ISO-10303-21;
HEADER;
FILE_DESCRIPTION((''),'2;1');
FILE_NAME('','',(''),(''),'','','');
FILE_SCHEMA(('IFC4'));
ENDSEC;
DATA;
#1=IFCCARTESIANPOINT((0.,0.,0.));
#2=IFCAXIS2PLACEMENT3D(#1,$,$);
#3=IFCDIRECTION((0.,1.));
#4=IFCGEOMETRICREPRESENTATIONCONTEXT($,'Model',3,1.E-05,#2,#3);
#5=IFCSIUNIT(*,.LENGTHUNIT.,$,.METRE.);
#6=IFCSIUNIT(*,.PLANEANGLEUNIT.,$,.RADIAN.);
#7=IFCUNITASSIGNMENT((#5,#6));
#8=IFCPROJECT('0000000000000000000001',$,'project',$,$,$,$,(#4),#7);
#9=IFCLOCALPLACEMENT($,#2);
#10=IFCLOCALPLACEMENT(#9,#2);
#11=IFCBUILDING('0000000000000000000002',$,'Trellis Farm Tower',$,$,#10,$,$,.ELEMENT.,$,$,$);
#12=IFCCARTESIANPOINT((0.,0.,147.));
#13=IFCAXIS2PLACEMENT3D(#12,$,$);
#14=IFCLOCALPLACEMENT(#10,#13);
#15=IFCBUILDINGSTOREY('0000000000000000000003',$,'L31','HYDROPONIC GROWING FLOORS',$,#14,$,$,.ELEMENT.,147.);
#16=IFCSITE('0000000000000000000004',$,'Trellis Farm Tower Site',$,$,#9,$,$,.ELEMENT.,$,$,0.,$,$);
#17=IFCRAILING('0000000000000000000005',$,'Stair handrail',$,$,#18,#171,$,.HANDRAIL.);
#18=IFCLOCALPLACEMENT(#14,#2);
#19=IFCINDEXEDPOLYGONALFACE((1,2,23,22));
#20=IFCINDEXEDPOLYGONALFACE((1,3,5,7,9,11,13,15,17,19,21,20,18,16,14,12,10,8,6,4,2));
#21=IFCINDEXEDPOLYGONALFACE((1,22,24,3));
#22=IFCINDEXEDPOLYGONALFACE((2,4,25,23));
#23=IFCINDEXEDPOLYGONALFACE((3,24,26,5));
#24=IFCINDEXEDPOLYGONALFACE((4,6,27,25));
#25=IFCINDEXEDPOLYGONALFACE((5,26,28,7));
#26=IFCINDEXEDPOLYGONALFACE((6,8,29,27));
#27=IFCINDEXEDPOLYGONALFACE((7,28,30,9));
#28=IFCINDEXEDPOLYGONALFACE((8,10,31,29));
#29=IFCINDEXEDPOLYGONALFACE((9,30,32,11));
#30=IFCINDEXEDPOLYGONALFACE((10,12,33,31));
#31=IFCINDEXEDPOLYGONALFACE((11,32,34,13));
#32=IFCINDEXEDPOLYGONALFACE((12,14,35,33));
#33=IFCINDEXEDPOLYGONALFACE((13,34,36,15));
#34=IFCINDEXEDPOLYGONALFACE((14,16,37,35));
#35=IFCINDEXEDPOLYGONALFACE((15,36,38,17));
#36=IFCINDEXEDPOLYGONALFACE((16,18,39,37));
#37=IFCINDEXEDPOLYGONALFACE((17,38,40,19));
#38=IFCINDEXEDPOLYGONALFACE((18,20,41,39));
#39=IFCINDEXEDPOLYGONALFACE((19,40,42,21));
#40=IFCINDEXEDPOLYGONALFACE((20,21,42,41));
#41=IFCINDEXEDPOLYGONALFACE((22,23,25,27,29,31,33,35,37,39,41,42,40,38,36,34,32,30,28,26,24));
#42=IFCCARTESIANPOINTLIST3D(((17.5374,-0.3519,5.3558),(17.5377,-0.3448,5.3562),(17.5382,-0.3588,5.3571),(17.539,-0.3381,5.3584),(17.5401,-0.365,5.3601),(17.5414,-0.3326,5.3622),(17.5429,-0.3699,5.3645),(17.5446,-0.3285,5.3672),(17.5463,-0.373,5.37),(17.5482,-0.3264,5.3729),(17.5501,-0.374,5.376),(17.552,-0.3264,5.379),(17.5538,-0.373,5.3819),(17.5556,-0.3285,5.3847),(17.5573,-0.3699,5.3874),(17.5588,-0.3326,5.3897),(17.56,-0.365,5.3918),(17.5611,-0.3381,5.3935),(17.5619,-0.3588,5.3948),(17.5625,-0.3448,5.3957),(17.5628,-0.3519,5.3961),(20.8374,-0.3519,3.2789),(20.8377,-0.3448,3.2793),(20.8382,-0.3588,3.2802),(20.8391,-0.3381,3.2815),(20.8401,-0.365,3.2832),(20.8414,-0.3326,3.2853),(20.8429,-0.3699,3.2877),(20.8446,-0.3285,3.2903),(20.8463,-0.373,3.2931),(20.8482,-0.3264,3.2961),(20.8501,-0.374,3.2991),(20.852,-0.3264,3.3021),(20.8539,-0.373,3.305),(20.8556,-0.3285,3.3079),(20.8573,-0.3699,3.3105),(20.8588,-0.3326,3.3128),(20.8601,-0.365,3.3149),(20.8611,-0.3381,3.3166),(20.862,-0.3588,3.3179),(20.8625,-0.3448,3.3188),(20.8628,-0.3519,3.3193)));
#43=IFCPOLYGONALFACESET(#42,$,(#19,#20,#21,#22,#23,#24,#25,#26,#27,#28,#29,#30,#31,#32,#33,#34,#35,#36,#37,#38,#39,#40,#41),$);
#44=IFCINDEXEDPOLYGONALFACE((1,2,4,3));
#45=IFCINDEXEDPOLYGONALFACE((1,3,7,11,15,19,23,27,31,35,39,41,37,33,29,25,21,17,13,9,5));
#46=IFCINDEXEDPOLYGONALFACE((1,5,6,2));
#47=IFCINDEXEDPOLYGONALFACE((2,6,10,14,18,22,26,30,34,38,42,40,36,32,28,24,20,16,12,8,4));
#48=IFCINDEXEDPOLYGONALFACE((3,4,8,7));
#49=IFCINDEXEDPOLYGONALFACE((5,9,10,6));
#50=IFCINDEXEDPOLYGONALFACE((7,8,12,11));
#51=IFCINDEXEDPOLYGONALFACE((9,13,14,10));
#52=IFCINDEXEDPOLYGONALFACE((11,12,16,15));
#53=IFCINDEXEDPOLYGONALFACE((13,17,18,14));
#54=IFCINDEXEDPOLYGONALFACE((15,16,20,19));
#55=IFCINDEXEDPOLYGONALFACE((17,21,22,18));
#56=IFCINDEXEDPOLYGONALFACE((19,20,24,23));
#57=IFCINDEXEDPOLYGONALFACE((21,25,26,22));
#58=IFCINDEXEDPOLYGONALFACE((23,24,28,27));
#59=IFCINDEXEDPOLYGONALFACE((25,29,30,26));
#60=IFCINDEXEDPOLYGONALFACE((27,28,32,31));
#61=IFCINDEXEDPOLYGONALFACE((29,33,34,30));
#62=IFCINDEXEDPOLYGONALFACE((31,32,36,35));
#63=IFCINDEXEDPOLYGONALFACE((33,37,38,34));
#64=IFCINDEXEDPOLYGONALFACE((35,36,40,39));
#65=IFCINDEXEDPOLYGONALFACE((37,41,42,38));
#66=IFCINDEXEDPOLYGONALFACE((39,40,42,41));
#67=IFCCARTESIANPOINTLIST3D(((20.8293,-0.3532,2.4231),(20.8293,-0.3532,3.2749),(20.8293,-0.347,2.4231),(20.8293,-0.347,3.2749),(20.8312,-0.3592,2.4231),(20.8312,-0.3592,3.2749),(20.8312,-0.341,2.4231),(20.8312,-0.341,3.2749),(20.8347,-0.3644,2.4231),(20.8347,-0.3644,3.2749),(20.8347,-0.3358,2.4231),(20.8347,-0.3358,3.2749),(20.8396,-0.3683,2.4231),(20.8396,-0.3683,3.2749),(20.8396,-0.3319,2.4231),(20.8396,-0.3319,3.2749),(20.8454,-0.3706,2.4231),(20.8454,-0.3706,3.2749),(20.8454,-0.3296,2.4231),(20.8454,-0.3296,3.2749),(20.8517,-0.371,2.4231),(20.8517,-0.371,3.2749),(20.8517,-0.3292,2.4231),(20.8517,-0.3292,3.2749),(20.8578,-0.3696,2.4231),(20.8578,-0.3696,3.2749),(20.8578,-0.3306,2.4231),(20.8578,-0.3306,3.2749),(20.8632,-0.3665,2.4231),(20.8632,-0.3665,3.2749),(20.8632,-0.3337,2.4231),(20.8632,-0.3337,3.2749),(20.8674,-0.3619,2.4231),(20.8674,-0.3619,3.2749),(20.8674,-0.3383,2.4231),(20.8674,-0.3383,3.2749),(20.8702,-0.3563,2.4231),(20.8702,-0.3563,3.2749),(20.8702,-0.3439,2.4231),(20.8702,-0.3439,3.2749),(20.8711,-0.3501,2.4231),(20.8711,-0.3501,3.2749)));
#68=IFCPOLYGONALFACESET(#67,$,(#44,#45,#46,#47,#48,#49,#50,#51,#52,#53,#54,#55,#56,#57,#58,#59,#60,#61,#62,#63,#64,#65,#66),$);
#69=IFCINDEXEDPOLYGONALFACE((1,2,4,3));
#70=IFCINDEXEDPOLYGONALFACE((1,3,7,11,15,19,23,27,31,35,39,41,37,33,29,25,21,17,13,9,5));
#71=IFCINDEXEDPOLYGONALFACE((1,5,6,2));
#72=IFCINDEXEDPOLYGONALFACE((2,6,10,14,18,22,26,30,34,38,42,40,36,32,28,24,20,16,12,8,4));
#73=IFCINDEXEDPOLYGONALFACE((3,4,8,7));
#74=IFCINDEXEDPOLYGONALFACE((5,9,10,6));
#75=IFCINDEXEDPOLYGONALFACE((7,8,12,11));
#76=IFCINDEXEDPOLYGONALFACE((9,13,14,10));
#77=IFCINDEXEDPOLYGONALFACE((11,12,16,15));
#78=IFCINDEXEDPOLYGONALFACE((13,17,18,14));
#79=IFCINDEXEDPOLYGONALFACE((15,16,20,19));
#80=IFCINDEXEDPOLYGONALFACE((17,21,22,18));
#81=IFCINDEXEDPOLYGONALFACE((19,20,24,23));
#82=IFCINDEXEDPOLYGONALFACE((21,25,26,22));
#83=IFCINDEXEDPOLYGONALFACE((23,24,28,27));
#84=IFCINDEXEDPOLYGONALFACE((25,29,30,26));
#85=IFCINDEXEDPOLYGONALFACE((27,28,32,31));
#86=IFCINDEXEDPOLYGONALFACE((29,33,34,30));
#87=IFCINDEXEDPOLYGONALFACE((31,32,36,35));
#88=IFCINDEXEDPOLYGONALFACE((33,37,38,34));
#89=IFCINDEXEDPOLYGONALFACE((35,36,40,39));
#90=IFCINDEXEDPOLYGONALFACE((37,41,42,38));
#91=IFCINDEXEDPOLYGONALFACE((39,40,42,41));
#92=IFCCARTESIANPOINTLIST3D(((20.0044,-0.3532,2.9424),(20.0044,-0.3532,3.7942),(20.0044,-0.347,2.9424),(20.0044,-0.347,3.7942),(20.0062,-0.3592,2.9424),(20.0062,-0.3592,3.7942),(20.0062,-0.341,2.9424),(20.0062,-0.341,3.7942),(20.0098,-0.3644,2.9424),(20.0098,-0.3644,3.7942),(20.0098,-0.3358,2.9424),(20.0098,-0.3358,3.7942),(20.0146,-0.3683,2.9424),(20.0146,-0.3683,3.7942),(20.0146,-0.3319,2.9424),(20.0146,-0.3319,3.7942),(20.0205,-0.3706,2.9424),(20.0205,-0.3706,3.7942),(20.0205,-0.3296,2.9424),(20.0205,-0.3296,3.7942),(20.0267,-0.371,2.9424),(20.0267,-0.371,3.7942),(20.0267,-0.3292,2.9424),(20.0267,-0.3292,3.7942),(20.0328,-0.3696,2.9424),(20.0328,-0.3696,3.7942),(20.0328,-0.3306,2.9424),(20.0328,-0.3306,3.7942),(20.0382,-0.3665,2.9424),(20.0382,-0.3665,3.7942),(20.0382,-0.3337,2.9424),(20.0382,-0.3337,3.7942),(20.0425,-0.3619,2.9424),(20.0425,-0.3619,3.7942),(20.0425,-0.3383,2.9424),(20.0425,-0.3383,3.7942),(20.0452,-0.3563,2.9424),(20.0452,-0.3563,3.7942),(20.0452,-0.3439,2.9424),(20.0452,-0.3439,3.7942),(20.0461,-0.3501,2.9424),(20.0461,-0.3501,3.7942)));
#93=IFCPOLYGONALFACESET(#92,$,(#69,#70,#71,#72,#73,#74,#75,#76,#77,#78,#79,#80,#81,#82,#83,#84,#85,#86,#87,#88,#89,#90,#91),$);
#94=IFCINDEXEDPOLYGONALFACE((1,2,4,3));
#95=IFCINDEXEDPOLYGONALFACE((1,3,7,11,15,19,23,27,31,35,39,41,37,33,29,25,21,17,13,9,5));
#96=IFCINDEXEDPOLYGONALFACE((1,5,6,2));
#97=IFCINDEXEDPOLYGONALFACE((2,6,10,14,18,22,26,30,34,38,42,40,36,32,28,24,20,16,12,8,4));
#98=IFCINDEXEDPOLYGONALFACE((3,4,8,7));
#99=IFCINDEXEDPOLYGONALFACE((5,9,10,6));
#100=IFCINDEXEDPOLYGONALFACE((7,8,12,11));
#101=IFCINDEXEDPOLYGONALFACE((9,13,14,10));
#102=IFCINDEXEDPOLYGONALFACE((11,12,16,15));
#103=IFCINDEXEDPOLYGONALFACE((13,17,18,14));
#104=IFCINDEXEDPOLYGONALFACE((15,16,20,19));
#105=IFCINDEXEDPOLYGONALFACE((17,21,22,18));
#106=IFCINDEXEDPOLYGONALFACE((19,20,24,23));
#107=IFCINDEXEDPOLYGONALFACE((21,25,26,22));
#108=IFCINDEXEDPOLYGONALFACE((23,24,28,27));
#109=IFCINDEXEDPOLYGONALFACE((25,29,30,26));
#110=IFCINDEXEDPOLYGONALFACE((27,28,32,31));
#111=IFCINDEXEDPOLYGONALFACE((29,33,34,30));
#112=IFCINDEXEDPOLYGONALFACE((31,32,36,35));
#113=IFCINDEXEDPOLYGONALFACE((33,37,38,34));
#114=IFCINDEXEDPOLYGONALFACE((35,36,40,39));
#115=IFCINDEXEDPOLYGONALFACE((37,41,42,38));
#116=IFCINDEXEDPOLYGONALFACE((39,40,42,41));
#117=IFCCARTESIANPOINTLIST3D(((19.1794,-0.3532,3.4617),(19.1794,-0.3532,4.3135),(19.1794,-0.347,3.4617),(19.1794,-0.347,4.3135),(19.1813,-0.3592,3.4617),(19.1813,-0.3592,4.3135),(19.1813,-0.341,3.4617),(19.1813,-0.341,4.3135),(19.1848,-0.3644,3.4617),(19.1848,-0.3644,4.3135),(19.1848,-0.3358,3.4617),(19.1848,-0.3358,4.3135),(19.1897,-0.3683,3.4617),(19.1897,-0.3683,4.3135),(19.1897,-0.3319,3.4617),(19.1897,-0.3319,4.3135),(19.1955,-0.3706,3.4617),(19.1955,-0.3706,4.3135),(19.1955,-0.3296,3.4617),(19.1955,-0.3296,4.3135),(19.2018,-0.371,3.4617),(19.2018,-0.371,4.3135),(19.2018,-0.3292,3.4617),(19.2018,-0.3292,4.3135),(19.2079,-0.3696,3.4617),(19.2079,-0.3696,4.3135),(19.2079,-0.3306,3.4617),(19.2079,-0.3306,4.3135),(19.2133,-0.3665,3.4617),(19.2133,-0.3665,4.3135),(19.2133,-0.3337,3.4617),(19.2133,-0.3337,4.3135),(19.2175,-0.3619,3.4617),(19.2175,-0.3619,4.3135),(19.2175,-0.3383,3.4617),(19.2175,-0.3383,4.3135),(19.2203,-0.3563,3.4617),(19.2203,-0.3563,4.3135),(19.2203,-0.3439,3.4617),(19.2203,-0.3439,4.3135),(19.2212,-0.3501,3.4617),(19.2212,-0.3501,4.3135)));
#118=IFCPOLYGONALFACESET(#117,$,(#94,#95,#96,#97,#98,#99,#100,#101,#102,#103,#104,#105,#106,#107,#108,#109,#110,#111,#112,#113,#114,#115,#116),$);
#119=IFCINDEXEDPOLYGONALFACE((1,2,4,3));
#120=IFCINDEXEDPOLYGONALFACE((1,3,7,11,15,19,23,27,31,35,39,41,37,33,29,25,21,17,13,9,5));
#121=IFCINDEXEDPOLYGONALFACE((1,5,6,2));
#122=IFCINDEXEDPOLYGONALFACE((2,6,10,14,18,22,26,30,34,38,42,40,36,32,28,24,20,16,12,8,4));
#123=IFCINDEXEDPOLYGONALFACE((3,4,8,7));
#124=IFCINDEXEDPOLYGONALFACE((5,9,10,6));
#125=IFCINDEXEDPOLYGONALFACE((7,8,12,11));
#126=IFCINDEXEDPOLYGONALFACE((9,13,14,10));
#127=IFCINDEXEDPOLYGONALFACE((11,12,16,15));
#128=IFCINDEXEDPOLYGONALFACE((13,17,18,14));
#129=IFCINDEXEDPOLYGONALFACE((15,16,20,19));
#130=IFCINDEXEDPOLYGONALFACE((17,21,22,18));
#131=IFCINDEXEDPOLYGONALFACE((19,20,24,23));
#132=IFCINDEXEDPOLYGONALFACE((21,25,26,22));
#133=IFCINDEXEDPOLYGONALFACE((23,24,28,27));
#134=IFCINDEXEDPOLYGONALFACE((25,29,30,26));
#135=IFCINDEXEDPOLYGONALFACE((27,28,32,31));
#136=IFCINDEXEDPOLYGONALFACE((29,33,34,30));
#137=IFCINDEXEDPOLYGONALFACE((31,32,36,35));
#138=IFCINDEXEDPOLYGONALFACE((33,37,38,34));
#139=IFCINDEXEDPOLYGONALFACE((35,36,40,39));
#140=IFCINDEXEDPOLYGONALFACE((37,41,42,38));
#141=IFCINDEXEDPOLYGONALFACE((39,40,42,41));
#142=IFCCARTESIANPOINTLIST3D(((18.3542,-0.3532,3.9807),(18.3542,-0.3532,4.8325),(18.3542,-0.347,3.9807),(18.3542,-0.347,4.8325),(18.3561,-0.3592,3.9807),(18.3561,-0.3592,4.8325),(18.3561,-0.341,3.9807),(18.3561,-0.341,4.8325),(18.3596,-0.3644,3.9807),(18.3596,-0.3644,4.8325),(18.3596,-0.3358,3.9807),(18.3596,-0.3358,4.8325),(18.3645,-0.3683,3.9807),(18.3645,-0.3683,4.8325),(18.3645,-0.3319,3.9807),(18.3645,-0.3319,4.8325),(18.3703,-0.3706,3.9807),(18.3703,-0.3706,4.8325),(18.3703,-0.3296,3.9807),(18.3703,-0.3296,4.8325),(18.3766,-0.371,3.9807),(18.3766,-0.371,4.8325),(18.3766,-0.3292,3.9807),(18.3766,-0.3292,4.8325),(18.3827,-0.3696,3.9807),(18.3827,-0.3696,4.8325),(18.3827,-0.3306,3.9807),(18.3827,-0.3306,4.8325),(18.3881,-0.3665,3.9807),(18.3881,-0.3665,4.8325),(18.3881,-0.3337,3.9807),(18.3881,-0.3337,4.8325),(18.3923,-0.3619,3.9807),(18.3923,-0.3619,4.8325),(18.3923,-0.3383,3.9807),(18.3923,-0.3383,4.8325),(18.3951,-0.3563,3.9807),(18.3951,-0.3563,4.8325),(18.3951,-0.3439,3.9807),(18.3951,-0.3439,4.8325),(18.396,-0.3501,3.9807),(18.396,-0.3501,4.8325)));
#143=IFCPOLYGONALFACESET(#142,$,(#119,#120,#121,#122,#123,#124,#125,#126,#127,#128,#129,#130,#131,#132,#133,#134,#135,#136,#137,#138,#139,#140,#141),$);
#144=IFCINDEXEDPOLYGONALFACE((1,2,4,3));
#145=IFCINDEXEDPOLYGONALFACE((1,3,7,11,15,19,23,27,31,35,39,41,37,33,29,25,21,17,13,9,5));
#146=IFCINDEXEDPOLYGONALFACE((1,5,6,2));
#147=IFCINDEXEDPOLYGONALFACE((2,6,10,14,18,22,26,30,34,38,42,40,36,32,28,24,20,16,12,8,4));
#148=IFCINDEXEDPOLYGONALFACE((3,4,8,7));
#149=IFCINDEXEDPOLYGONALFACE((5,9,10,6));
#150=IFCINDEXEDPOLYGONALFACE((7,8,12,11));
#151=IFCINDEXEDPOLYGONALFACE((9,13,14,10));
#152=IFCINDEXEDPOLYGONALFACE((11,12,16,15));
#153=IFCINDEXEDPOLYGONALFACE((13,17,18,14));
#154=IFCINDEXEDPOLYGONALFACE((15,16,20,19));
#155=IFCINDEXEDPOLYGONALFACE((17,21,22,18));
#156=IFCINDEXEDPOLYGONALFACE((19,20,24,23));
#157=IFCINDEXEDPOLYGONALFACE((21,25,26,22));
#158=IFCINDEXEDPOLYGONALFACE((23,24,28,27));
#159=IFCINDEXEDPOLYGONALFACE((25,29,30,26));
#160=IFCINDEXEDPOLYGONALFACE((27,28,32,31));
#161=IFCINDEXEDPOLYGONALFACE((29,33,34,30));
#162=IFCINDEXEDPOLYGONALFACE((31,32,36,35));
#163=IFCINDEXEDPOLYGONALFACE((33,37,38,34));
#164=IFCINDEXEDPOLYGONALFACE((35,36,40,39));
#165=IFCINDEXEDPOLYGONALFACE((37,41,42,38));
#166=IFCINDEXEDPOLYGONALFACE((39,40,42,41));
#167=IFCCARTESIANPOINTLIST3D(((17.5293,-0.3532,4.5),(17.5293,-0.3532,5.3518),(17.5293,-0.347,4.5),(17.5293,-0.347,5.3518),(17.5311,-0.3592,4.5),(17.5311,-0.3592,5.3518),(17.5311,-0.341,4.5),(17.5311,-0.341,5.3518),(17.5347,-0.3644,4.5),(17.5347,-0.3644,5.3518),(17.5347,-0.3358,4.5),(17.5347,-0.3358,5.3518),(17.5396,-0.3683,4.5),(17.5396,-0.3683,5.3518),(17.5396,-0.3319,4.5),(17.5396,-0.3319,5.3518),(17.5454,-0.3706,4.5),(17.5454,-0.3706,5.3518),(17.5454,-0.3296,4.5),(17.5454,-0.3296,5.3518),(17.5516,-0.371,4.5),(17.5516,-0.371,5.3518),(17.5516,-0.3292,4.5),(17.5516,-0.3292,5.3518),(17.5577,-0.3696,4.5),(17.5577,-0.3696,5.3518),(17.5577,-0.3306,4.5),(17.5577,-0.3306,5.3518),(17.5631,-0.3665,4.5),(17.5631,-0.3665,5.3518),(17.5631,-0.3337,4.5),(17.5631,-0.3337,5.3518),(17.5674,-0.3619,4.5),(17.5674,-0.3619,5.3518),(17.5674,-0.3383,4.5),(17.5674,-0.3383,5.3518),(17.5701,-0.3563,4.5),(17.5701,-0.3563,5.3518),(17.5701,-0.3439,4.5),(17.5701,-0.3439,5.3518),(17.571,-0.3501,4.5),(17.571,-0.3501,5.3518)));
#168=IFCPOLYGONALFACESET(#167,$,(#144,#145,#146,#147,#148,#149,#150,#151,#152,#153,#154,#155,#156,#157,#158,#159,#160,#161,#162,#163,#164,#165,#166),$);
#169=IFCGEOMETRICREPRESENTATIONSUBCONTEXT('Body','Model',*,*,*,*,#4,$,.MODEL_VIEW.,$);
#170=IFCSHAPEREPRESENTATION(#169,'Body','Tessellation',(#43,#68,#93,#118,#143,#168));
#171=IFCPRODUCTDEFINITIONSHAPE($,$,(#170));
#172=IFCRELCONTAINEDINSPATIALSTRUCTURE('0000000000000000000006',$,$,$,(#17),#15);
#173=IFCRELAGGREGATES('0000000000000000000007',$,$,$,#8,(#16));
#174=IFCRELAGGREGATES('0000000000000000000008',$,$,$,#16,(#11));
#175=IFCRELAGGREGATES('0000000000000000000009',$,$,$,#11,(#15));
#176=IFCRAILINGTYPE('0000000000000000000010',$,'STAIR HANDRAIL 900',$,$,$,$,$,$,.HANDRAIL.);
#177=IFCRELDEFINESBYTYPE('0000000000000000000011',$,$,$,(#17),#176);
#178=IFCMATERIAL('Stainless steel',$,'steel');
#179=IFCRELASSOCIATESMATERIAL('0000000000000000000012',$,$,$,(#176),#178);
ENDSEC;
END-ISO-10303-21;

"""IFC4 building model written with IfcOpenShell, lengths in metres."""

from ifc_helpers import new_model, si_unit, direction, frame, origin, origin_2d, place, context, subcontext, project, spatial, circle, extrude, source, transform, mapped, material, type_object, element, save


model = new_model("IFC4")

# Units and contexts
model_context = context("Model", 3, precision=1e-05, world=origin(), true_north=direction((0.0, 1.0)))
body_context = subcontext(model_context, "Body", "Model", "MODEL_VIEW")
ifc_project = project(units=[si_unit("LENGTHUNIT", "METRE"), si_unit("PLANEANGLEUNIT", "RADIAN")], contexts=[model_context])

# Site, building, storey
site_placement = place(None, origin())
site = spatial("IfcSite", under=ifc_project, at=site_placement, Name="Trellis Farm Tower Site", CompositionType="ELEMENT", RefElevation=0.0)
building_placement = place(site_placement, origin())
building = spatial("IfcBuilding", under=site, at=building_placement, Name="Trellis Farm Tower", CompositionType="ELEMENT")
storey_placement = place(building_placement, frame((0.0, 0.0, 147.0)))
storey = spatial("IfcBuildingStorey", under=building, at=storey_placement, Name="L31", Description="HYDROPONIC GROWING FLOORS", CompositionType="ELEMENT", Elevation=147.0)

# Railing
ifc_material_1 = material(Name="Stainless steel", Category="steel")
railing_type = type_object("IfcRailingType", Name="STAIR HANDRAIL 900", PredefinedType="HANDRAIL", material=ifc_material_1)
shared_shape_1 = source(origin(), body_context, "Body", "SweptSolid", [
    extrude(circle(Radius=0.0239, at=origin_2d()), frame((0.0, 0.0, 0.876), z_axis=(-0.846337, 0.0, 0.532647), x_axis=(0.0, -1.0, 0.0)), (0.0, 0.0, 1.0), 3.8992),
    extrude(circle(Radius=0.021, at=origin_2d()), origin(), (0.0, 0.0, 1.0), 0.8518),
    extrude(circle(Radius=0.021, at=origin_2d()), frame((-0.825, 0.0, 0.5193)), (0.0, 0.0, 1.0), 0.8518),
    extrude(circle(Radius=0.021, at=origin_2d()), frame((-1.6499, 0.0, 1.0386)), (0.0, 0.0, 1.0), 0.8518),
    extrude(circle(Radius=0.021, at=origin_2d()), frame((-2.4751, 0.0, 1.5576)), (0.0, 0.0, 1.0), 0.8518),
    extrude(circle(Radius=0.021, at=origin_2d()), frame((-3.3, 0.0, 2.0769)), (0.0, 0.0, 1.0), 0.8518),
])
for number, where, name in (
    (1, (20.8501, -0.3501, 2.4231), "Stair handrail"),
):
    element("IfcRailing", number, at=place(storey_placement, frame(where)), inside=storey, type_object=railing_type, Name=name, PredefinedType="HANDRAIL", context=body_context, shape_type="MappedRepresentation", body=[
        mapped(shared_shape_1, transform((0.0, 0.0, 0.0))),
    ])

save(model, "model.ifc")
